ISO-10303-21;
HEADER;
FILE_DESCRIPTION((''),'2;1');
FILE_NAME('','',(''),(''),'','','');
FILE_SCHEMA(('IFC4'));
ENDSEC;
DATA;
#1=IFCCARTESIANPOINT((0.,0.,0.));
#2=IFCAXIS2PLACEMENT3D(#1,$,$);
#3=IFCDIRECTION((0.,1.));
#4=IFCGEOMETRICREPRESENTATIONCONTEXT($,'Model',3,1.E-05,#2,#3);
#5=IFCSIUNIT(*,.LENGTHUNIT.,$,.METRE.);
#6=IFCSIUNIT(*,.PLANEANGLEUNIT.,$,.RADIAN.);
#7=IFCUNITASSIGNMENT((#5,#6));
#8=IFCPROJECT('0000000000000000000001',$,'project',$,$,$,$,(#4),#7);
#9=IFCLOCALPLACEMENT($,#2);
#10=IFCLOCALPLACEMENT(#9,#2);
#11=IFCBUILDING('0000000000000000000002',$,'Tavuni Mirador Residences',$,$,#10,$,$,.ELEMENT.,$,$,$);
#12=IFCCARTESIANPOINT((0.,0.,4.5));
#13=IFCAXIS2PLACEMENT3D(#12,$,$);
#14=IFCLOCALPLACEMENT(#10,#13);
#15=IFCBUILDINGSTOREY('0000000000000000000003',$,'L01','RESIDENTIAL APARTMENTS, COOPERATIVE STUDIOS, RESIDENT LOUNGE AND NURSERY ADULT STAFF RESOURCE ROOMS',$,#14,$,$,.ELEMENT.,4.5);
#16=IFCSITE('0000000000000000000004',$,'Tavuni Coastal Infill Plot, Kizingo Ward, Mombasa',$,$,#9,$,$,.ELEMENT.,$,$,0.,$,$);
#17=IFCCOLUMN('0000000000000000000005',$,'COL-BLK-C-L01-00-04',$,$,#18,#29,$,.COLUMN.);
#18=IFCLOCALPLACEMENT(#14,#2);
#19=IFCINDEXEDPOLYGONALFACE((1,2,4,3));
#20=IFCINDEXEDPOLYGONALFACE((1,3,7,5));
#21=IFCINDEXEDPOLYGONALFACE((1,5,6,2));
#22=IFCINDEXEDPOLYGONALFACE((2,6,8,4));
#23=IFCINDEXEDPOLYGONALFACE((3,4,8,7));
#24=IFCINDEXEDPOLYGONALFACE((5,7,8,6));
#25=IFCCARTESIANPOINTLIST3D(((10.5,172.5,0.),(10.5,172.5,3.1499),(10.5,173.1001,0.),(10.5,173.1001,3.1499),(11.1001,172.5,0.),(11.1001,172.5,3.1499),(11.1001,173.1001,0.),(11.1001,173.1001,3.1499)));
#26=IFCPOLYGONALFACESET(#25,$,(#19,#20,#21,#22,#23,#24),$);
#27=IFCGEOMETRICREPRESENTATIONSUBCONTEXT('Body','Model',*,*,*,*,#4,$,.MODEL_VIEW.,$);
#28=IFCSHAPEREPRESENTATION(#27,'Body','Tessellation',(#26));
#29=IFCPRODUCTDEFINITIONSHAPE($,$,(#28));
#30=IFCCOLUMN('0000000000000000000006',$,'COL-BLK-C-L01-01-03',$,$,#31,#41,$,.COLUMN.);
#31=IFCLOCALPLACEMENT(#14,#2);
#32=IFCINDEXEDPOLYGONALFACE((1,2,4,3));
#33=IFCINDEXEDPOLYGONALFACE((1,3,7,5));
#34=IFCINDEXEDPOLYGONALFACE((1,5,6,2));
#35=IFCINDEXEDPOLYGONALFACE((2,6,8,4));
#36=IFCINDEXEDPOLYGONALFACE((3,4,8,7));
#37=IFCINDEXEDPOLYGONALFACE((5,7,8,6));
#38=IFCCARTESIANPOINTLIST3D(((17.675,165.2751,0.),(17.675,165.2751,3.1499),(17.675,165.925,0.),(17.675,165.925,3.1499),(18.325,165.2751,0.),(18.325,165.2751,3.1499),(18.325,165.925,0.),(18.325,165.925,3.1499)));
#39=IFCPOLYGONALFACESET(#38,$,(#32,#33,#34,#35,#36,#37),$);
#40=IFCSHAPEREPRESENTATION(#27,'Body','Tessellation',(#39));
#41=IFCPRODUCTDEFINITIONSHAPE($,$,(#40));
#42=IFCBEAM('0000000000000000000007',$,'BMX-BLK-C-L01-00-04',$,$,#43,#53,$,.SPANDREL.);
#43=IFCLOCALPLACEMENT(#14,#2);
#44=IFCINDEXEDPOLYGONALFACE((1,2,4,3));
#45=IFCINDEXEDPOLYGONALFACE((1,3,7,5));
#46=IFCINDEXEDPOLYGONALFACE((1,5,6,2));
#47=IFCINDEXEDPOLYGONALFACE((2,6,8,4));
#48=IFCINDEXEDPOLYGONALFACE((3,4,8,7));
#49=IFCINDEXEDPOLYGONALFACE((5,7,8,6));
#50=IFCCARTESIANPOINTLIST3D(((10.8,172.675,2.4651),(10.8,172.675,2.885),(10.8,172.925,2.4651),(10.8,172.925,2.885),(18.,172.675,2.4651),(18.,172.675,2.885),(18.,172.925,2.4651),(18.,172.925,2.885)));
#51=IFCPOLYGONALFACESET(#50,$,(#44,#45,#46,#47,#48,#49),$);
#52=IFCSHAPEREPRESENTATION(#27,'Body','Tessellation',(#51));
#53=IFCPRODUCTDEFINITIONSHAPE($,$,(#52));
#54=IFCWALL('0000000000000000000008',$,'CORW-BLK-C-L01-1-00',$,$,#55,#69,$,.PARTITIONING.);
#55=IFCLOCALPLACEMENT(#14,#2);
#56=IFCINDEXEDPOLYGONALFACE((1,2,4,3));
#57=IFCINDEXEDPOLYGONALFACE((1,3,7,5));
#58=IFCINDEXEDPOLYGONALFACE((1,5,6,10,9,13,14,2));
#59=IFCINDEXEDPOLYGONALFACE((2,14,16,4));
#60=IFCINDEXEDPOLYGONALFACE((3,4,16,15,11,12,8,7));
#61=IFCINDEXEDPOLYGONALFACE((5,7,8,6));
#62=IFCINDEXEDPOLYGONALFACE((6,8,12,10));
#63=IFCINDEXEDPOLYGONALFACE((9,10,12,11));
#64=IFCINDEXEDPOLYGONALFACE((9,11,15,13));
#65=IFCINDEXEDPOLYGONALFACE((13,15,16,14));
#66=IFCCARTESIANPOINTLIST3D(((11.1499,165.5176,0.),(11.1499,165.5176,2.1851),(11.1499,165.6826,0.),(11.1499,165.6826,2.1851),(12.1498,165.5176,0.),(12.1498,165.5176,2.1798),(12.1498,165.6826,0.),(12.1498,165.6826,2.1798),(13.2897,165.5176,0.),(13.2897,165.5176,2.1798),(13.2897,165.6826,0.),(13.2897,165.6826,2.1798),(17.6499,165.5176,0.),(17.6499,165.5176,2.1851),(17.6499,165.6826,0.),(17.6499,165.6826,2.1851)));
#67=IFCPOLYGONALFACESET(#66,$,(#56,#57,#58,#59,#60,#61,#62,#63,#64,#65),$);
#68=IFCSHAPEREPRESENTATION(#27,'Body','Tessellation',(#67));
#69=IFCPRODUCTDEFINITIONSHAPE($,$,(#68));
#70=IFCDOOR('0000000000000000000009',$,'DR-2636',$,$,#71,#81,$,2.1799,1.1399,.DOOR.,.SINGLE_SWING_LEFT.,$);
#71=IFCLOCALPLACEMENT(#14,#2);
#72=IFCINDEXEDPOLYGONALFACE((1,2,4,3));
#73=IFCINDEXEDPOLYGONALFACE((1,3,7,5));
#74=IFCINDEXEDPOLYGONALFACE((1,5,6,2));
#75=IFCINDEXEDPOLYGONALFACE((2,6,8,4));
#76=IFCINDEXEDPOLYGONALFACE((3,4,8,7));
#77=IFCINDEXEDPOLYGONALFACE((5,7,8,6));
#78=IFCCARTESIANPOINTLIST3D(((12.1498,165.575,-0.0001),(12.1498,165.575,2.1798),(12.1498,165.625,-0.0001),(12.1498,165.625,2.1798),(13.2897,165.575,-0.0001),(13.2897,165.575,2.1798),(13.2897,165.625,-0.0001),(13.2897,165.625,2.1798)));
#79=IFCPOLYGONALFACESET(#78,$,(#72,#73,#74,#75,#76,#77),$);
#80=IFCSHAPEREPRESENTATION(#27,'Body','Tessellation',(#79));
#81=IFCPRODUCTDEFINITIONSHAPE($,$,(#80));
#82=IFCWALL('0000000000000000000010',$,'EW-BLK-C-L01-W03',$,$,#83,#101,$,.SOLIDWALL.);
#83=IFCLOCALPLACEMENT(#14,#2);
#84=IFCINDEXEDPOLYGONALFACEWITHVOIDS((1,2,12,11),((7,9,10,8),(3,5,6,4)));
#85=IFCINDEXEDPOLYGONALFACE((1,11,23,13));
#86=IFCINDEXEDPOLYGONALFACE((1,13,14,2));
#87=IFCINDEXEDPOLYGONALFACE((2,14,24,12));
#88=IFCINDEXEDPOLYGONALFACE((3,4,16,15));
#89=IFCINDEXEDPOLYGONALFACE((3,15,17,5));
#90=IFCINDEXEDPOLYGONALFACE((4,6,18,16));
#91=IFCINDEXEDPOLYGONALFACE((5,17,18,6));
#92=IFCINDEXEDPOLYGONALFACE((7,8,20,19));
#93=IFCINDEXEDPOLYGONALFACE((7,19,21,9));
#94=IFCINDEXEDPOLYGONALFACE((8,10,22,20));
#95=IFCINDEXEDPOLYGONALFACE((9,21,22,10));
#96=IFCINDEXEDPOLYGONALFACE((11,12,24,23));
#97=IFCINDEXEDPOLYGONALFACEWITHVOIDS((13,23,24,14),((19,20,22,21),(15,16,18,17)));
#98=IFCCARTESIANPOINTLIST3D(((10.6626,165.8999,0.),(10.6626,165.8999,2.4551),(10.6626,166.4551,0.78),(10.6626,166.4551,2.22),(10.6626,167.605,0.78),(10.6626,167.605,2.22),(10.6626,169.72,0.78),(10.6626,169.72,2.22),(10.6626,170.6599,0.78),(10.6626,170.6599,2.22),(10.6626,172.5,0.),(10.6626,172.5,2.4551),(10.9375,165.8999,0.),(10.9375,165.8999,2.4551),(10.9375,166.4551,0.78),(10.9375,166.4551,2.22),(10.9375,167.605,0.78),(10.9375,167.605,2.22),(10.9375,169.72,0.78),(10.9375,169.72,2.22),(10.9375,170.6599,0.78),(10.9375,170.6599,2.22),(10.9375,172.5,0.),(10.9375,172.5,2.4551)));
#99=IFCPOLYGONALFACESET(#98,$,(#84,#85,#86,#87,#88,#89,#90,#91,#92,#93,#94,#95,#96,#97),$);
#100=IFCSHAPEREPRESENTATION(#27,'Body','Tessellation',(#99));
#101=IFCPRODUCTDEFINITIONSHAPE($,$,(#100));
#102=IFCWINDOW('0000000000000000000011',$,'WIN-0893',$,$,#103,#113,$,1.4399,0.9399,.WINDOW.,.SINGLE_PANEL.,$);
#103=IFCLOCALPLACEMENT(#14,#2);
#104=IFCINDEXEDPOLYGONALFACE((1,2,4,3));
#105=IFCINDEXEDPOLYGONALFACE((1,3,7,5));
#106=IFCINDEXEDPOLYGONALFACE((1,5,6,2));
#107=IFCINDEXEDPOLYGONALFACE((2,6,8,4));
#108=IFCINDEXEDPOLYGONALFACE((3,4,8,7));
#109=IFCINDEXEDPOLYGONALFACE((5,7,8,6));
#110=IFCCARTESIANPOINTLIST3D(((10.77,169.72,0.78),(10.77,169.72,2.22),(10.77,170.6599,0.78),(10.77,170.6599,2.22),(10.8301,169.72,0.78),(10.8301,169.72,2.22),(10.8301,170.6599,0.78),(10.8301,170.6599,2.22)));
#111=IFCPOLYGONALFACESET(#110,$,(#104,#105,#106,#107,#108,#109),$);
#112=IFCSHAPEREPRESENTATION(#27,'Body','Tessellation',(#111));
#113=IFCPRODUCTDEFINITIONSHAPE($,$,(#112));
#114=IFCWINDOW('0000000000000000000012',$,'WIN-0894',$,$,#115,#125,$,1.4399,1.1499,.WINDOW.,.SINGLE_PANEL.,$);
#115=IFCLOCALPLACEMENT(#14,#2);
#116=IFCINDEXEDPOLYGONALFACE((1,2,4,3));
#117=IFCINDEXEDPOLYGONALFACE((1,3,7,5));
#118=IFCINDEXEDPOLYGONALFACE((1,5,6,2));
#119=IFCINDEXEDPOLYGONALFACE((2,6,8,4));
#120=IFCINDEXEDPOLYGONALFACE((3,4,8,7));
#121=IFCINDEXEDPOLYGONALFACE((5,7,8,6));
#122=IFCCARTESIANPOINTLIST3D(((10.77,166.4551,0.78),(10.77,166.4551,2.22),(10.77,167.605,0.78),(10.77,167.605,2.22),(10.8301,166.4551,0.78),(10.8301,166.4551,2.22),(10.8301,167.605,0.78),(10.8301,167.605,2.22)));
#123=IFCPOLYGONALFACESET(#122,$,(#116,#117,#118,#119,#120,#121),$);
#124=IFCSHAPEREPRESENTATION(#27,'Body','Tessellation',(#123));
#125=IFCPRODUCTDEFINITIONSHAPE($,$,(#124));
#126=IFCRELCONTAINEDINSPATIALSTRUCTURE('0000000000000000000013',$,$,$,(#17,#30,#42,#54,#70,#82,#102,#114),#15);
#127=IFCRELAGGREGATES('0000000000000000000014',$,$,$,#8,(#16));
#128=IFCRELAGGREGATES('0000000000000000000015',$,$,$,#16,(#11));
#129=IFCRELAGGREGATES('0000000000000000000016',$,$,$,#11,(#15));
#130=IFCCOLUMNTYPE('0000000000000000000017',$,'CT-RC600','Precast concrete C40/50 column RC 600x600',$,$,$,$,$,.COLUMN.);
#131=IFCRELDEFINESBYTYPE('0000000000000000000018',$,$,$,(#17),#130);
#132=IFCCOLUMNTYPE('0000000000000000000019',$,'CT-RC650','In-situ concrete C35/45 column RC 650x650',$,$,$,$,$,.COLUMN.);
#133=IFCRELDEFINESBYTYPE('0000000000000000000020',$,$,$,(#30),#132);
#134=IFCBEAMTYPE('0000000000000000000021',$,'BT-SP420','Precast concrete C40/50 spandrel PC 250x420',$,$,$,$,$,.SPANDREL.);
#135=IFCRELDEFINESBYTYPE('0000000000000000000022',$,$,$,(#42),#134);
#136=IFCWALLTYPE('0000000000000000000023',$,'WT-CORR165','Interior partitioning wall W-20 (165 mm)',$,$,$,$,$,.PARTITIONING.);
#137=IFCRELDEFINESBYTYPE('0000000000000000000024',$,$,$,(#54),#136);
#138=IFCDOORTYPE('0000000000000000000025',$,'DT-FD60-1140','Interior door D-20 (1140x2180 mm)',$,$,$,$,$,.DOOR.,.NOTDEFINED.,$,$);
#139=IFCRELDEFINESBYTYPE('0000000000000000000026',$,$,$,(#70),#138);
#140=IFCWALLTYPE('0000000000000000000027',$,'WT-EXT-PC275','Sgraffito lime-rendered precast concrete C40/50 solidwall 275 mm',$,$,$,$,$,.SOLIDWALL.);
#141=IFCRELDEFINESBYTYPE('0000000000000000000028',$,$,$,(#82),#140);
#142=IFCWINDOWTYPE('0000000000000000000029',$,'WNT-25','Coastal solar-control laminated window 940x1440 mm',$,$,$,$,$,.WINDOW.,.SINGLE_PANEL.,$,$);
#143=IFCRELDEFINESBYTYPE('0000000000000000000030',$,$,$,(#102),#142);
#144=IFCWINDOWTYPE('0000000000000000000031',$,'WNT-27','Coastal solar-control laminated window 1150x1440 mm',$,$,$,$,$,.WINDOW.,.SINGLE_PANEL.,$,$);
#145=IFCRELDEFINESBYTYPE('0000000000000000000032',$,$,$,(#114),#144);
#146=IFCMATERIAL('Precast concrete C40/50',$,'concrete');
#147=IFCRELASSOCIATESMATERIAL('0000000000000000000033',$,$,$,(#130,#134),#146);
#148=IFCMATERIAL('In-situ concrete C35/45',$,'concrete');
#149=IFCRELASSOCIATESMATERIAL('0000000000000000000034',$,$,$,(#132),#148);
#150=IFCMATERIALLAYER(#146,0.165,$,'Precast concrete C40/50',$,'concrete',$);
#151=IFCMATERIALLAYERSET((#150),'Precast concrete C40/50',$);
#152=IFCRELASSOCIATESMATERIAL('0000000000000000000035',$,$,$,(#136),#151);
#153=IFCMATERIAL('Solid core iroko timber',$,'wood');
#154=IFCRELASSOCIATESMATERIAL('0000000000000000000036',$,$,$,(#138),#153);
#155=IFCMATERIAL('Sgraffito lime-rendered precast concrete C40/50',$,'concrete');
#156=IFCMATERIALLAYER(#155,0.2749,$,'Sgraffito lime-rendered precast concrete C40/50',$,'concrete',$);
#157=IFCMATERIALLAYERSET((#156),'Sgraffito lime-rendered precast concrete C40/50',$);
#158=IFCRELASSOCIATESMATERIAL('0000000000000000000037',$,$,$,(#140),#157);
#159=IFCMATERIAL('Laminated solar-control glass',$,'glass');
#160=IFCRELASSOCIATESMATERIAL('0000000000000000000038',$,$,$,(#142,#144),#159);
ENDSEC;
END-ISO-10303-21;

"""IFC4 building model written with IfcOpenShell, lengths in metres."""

from ifc_helpers import new_model, si_unit, direction, frame, frame_2d, origin, origin_2d, place, context, subcontext, project, spatial, rectangle, extrude, material, layer, layer_set, material_profile, profile_set, type_object, element, fill, save


model = new_model("IFC4")

# Units and contexts
model_context = context("Model", 3, precision=1e-05, world=origin(), true_north=direction((0.0, 1.0)))
body_context = subcontext(model_context, "Body", "Model", "MODEL_VIEW")
ifc_project = project(units=[si_unit("LENGTHUNIT", "METRE"), si_unit("PLANEANGLEUNIT", "RADIAN")], contexts=[model_context])

# Site, building, storey
site_placement = place(None, origin())
site = spatial("IfcSite", under=ifc_project, at=site_placement, Name="Tavuni Coastal Infill Plot, Kizingo Ward, Mombasa", CompositionType="ELEMENT", RefElevation=0.0)
building_placement = place(site_placement, origin())
building = spatial("IfcBuilding", under=site, at=building_placement, Name="Tavuni Mirador Residences", CompositionType="ELEMENT")
storey_placement = place(building_placement, frame((0.0, 0.0, 4.5)))
storey = spatial("IfcBuildingStorey", under=building, at=storey_placement, Name="L01", Description="RESIDENTIAL APARTMENTS, COOPERATIVE STUDIOS, RESIDENT LOUNGE AND NURSERY ADULT STAFF RESOURCE ROOMS", CompositionType="ELEMENT", Elevation=4.5)

# Columns
ifc_material_1 = material(Name="Precast concrete C40/50", Category="concrete")
ifc_material_profile_1 = material_profile(ifc_material_1, rectangle(XDim=0.6001, YDim=0.6001, at=origin_2d()), Name="RC 600x600", Category="concrete")
ifc_profile_set_1 = profile_set([ifc_material_profile_1], Name="Precast concrete C40/50")
column_type_1 = type_object("IfcColumnType", Name="CT-RC600", Description="Precast concrete C40/50 column RC 600x600", PredefinedType="COLUMN", material=ifc_profile_set_1)
column_1_placement = place(storey_placement, frame((10.8, 172.8, 0.0), z_axis=(0.0, 0.0, 1.0), x_axis=(1.0, 0.0, 0.0)))
element("IfcColumn", 1, at=column_1_placement, inside=storey, type_object=column_type_1, Name="COL-BLK-C-L01-00-04", PredefinedType="COLUMN", context=body_context, shape_type="SweptSolid", body=[
    extrude(rectangle(XDim=0.6001, YDim=0.6001, at=origin_2d()), origin(), (0.0, 0.0, 1.0), 3.1499),
])
ifc_material_2 = material(Name="In-situ concrete C35/45", Category="concrete")
ifc_material_profile_2 = material_profile(ifc_material_2, rectangle(XDim=0.6499, YDim=0.6499, at=origin_2d()), Name="RC 650x650", Category="concrete")
ifc_profile_set_2 = profile_set([ifc_material_profile_2], Name="In-situ concrete C35/45")
column_type_2 = type_object("IfcColumnType", Name="CT-RC650", Description="In-situ concrete C35/45 column RC 650x650", PredefinedType="COLUMN", material=ifc_profile_set_2)
column_2_placement = place(storey_placement, frame((18.0, 165.6001, 0.0), z_axis=(0.0, 0.0, 1.0), x_axis=(1.0, 0.0, 0.0)))
element("IfcColumn", 2, at=column_2_placement, inside=storey, type_object=column_type_2, Name="COL-BLK-C-L01-01-03", PredefinedType="COLUMN", context=body_context, shape_type="SweptSolid", body=[
    extrude(rectangle(XDim=0.6499, YDim=0.6499, at=origin_2d()), origin(), (0.0, 0.0, 1.0), 3.1499),
])

# Beam
ifc_material_profile_3 = material_profile(ifc_material_1, rectangle(XDim=0.25, YDim=0.4199, at=origin_2d()), Name="PC 250x420", Category="concrete")
ifc_profile_set_3 = profile_set([ifc_material_profile_3], Name="Precast concrete C40/50")
beam_type = type_object("IfcBeamType", Name="BT-SP420", Description="Precast concrete C40/50 spandrel PC 250x420", PredefinedType="SPANDREL", material=ifc_profile_set_3)
beam_placement = place(storey_placement, frame((10.8, 172.8, 2.675), z_axis=(1.0, 0.0, 0.0), x_axis=(0.0, 1.0, 0.0)))
element("IfcBeam", 3, at=beam_placement, inside=storey, type_object=beam_type, Name="BMX-BLK-C-L01-00-04", PredefinedType="SPANDREL", context=body_context, shape_type="SweptSolid", body=[
    extrude(rectangle(XDim=0.25, YDim=0.4199, at=origin_2d()), origin(), (0.0, 0.0, 1.0), 7.2),
])

# Wall, opening, door
ifc_layer_1 = layer(ifc_material_1, 0.165, Name="Precast concrete C40/50", Category="concrete")
ifc_layer_set_1 = layer_set([ifc_layer_1], Name="Precast concrete C40/50")
wall_type_1 = type_object("IfcWallType", Name="WT-CORR165", Description="Interior partitioning wall W-20 (165 mm)", PredefinedType="PARTITIONING", material=ifc_layer_set_1)
wall_1_placement = place(storey_placement, frame((11.1499, 165.6001, 0.0), z_axis=(0.0, 0.0, 1.0), x_axis=(1.0, 0.0, 0.0)))
wall_1 = element("IfcWall", 4, at=wall_1_placement, inside=storey, type_object=wall_type_1, Name="CORW-BLK-C-L01-1-00", PredefinedType="PARTITIONING", context=body_context, shape_type="SweptSolid", body=[
    extrude(rectangle(XDim=6.5, YDim=0.165, at=frame_2d((3.25, 0.0))), origin(), (0.0, 0.0, 1.0), 2.1851),
])
opening_1_placement = place(wall_1_placement, frame((1.0, 0.0, 0.0)))
opening_1 = element("IfcOpeningElement", 5, at=opening_1_placement, cuts=wall_1, PredefinedType="OPENING", context=body_context, shape_type="SweptSolid", body=[
    extrude(rectangle(XDim=1.1399, YDim=2.1799, at=frame_2d((0.5698, 1.0898))), frame((0.0, 0.0925, 0.0), z_axis=(0.0, -1.0, 0.0), x_axis=(1.0, 0.0, 0.0)), (0.0, 0.0, 1.0), 0.1851),
])
ifc_material_3 = material(Name="Solid core iroko timber", Category="wood")
door_type_1 = type_object("IfcDoorType", Name="DT-FD60-1140", Description="Interior door D-20 (1140x2180 mm)", OperationType="NOTDEFINED", PredefinedType="DOOR", material=ifc_material_3)
door_1_placement = place(opening_1_placement, origin())
door_1 = element("IfcDoor", 6, at=door_1_placement, inside=storey, type_object=door_type_1, Name="DR-2636", OperationType="SINGLE_SWING_LEFT", OverallHeight=2.1799, OverallWidth=1.1399, PredefinedType="DOOR", context=body_context, shape_type="SweptSolid", body=[
    extrude(rectangle(XDim=1.1399, YDim=2.1799, at=frame_2d((0.5698, 1.0898))), frame((0.0, 0.0249, 0.0), z_axis=(0.0, -1.0, 0.0), x_axis=(1.0, 0.0, 0.0)), (0.0, 0.0, 1.0), 0.05),
])
fill(opening_1, door_1)

# Wall, openings, windows
ifc_material_4 = material(Name="Sgraffito lime-rendered precast concrete C40/50", Category="concrete")
ifc_layer_2 = layer(ifc_material_4, 0.2749, Name="Sgraffito lime-rendered precast concrete C40/50", Category="concrete")
ifc_layer_set_2 = layer_set([ifc_layer_2], Name="Sgraffito lime-rendered precast concrete C40/50")
wall_type_2 = type_object("IfcWallType", Name="WT-EXT-PC275", Description="Sgraffito lime-rendered precast concrete C40/50 solidwall 275 mm", PredefinedType="SOLIDWALL", material=ifc_layer_set_2)
wall_2_placement = place(storey_placement, frame((10.8, 172.5, 0.0), z_axis=(0.0, 0.0, 1.0), x_axis=(0.0, -1.0, 0.0)))
wall_2 = element("IfcWall", 7, at=wall_2_placement, inside=storey, type_object=wall_type_2, Name="EW-BLK-C-L01-W03", PredefinedType="SOLIDWALL", context=body_context, shape_type="SweptSolid", body=[
    extrude(rectangle(XDim=6.6001, YDim=0.2749, at=frame_2d((3.3, 0.0))), origin(), (0.0, 0.0, 1.0), 2.4551),
])
opening_2_placement = place(wall_2_placement, frame((1.8401, 0.0, 0.78)))
opening_2 = element("IfcOpeningElement", 8, at=opening_2_placement, cuts=wall_2, PredefinedType="OPENING", context=body_context, shape_type="SweptSolid", body=[
    extrude(rectangle(XDim=0.9399, YDim=1.4399, at=frame_2d((0.47, 0.72))), frame((0.0, 0.1475, 0.0), z_axis=(0.0, -1.0, 0.0), x_axis=(1.0, 0.0, 0.0)), (0.0, 0.0, 1.0), 0.2949),
])
opening_3_placement = place(wall_2_placement, frame((4.895, 0.0, 0.78)))
opening_3 = element("IfcOpeningElement", 9, at=opening_3_placement, cuts=wall_2, PredefinedType="OPENING", context=body_context, shape_type="SweptSolid", body=[
    extrude(rectangle(XDim=1.1499, YDim=1.4399, at=frame_2d((0.575, 0.72))), frame((0.0, 0.1475, 0.0), z_axis=(0.0, -1.0, 0.0), x_axis=(1.0, 0.0, 0.0)), (0.0, 0.0, 1.0), 0.2949),
])
ifc_material_5 = material(Name="Laminated solar-control glass", Category="glass")
window_type_1 = type_object("IfcWindowType", Name="WNT-25", Description="Coastal solar-control laminated window 940x1440 mm", PartitioningType="SINGLE_PANEL", PredefinedType="WINDOW", material=ifc_material_5)
window_1_placement = place(opening_2_placement, origin())
window_1 = element("IfcWindow", 10, at=window_1_placement, inside=storey, type_object=window_type_1, Name="WIN-0893", OverallHeight=1.4399, OverallWidth=0.9399, PartitioningType="SINGLE_PANEL", PredefinedType="WINDOW", context=body_context, shape_type="SweptSolid", body=[
    extrude(rectangle(XDim=0.9399, YDim=1.4399, at=frame_2d((0.47, 0.72))), frame((0.0, 0.03, 0.0), z_axis=(0.0, -1.0, 0.0), x_axis=(1.0, 0.0, 0.0)), (0.0, 0.0, 1.0), 0.0601),
])
fill(opening_2, window_1)
window_type_2 = type_object("IfcWindowType", Name="WNT-27", Description="Coastal solar-control laminated window 1150x1440 mm", PartitioningType="SINGLE_PANEL", PredefinedType="WINDOW", material=ifc_material_5)
window_2_placement = place(opening_3_placement, origin())
window_2 = element("IfcWindow", 11, at=window_2_placement, inside=storey, type_object=window_type_2, Name="WIN-0894", OverallHeight=1.4399, OverallWidth=1.1499, PartitioningType="SINGLE_PANEL", PredefinedType="WINDOW", context=body_context, shape_type="SweptSolid", body=[
    extrude(rectangle(XDim=1.1499, YDim=1.4399, at=frame_2d((0.575, 0.72))), frame((0.0, 0.03, 0.0), z_axis=(0.0, -1.0, 0.0), x_axis=(1.0, 0.0, 0.0)), (0.0, 0.0, 1.0), 0.0601),
])
fill(opening_3, window_2)

save(model, "model.ifc")
